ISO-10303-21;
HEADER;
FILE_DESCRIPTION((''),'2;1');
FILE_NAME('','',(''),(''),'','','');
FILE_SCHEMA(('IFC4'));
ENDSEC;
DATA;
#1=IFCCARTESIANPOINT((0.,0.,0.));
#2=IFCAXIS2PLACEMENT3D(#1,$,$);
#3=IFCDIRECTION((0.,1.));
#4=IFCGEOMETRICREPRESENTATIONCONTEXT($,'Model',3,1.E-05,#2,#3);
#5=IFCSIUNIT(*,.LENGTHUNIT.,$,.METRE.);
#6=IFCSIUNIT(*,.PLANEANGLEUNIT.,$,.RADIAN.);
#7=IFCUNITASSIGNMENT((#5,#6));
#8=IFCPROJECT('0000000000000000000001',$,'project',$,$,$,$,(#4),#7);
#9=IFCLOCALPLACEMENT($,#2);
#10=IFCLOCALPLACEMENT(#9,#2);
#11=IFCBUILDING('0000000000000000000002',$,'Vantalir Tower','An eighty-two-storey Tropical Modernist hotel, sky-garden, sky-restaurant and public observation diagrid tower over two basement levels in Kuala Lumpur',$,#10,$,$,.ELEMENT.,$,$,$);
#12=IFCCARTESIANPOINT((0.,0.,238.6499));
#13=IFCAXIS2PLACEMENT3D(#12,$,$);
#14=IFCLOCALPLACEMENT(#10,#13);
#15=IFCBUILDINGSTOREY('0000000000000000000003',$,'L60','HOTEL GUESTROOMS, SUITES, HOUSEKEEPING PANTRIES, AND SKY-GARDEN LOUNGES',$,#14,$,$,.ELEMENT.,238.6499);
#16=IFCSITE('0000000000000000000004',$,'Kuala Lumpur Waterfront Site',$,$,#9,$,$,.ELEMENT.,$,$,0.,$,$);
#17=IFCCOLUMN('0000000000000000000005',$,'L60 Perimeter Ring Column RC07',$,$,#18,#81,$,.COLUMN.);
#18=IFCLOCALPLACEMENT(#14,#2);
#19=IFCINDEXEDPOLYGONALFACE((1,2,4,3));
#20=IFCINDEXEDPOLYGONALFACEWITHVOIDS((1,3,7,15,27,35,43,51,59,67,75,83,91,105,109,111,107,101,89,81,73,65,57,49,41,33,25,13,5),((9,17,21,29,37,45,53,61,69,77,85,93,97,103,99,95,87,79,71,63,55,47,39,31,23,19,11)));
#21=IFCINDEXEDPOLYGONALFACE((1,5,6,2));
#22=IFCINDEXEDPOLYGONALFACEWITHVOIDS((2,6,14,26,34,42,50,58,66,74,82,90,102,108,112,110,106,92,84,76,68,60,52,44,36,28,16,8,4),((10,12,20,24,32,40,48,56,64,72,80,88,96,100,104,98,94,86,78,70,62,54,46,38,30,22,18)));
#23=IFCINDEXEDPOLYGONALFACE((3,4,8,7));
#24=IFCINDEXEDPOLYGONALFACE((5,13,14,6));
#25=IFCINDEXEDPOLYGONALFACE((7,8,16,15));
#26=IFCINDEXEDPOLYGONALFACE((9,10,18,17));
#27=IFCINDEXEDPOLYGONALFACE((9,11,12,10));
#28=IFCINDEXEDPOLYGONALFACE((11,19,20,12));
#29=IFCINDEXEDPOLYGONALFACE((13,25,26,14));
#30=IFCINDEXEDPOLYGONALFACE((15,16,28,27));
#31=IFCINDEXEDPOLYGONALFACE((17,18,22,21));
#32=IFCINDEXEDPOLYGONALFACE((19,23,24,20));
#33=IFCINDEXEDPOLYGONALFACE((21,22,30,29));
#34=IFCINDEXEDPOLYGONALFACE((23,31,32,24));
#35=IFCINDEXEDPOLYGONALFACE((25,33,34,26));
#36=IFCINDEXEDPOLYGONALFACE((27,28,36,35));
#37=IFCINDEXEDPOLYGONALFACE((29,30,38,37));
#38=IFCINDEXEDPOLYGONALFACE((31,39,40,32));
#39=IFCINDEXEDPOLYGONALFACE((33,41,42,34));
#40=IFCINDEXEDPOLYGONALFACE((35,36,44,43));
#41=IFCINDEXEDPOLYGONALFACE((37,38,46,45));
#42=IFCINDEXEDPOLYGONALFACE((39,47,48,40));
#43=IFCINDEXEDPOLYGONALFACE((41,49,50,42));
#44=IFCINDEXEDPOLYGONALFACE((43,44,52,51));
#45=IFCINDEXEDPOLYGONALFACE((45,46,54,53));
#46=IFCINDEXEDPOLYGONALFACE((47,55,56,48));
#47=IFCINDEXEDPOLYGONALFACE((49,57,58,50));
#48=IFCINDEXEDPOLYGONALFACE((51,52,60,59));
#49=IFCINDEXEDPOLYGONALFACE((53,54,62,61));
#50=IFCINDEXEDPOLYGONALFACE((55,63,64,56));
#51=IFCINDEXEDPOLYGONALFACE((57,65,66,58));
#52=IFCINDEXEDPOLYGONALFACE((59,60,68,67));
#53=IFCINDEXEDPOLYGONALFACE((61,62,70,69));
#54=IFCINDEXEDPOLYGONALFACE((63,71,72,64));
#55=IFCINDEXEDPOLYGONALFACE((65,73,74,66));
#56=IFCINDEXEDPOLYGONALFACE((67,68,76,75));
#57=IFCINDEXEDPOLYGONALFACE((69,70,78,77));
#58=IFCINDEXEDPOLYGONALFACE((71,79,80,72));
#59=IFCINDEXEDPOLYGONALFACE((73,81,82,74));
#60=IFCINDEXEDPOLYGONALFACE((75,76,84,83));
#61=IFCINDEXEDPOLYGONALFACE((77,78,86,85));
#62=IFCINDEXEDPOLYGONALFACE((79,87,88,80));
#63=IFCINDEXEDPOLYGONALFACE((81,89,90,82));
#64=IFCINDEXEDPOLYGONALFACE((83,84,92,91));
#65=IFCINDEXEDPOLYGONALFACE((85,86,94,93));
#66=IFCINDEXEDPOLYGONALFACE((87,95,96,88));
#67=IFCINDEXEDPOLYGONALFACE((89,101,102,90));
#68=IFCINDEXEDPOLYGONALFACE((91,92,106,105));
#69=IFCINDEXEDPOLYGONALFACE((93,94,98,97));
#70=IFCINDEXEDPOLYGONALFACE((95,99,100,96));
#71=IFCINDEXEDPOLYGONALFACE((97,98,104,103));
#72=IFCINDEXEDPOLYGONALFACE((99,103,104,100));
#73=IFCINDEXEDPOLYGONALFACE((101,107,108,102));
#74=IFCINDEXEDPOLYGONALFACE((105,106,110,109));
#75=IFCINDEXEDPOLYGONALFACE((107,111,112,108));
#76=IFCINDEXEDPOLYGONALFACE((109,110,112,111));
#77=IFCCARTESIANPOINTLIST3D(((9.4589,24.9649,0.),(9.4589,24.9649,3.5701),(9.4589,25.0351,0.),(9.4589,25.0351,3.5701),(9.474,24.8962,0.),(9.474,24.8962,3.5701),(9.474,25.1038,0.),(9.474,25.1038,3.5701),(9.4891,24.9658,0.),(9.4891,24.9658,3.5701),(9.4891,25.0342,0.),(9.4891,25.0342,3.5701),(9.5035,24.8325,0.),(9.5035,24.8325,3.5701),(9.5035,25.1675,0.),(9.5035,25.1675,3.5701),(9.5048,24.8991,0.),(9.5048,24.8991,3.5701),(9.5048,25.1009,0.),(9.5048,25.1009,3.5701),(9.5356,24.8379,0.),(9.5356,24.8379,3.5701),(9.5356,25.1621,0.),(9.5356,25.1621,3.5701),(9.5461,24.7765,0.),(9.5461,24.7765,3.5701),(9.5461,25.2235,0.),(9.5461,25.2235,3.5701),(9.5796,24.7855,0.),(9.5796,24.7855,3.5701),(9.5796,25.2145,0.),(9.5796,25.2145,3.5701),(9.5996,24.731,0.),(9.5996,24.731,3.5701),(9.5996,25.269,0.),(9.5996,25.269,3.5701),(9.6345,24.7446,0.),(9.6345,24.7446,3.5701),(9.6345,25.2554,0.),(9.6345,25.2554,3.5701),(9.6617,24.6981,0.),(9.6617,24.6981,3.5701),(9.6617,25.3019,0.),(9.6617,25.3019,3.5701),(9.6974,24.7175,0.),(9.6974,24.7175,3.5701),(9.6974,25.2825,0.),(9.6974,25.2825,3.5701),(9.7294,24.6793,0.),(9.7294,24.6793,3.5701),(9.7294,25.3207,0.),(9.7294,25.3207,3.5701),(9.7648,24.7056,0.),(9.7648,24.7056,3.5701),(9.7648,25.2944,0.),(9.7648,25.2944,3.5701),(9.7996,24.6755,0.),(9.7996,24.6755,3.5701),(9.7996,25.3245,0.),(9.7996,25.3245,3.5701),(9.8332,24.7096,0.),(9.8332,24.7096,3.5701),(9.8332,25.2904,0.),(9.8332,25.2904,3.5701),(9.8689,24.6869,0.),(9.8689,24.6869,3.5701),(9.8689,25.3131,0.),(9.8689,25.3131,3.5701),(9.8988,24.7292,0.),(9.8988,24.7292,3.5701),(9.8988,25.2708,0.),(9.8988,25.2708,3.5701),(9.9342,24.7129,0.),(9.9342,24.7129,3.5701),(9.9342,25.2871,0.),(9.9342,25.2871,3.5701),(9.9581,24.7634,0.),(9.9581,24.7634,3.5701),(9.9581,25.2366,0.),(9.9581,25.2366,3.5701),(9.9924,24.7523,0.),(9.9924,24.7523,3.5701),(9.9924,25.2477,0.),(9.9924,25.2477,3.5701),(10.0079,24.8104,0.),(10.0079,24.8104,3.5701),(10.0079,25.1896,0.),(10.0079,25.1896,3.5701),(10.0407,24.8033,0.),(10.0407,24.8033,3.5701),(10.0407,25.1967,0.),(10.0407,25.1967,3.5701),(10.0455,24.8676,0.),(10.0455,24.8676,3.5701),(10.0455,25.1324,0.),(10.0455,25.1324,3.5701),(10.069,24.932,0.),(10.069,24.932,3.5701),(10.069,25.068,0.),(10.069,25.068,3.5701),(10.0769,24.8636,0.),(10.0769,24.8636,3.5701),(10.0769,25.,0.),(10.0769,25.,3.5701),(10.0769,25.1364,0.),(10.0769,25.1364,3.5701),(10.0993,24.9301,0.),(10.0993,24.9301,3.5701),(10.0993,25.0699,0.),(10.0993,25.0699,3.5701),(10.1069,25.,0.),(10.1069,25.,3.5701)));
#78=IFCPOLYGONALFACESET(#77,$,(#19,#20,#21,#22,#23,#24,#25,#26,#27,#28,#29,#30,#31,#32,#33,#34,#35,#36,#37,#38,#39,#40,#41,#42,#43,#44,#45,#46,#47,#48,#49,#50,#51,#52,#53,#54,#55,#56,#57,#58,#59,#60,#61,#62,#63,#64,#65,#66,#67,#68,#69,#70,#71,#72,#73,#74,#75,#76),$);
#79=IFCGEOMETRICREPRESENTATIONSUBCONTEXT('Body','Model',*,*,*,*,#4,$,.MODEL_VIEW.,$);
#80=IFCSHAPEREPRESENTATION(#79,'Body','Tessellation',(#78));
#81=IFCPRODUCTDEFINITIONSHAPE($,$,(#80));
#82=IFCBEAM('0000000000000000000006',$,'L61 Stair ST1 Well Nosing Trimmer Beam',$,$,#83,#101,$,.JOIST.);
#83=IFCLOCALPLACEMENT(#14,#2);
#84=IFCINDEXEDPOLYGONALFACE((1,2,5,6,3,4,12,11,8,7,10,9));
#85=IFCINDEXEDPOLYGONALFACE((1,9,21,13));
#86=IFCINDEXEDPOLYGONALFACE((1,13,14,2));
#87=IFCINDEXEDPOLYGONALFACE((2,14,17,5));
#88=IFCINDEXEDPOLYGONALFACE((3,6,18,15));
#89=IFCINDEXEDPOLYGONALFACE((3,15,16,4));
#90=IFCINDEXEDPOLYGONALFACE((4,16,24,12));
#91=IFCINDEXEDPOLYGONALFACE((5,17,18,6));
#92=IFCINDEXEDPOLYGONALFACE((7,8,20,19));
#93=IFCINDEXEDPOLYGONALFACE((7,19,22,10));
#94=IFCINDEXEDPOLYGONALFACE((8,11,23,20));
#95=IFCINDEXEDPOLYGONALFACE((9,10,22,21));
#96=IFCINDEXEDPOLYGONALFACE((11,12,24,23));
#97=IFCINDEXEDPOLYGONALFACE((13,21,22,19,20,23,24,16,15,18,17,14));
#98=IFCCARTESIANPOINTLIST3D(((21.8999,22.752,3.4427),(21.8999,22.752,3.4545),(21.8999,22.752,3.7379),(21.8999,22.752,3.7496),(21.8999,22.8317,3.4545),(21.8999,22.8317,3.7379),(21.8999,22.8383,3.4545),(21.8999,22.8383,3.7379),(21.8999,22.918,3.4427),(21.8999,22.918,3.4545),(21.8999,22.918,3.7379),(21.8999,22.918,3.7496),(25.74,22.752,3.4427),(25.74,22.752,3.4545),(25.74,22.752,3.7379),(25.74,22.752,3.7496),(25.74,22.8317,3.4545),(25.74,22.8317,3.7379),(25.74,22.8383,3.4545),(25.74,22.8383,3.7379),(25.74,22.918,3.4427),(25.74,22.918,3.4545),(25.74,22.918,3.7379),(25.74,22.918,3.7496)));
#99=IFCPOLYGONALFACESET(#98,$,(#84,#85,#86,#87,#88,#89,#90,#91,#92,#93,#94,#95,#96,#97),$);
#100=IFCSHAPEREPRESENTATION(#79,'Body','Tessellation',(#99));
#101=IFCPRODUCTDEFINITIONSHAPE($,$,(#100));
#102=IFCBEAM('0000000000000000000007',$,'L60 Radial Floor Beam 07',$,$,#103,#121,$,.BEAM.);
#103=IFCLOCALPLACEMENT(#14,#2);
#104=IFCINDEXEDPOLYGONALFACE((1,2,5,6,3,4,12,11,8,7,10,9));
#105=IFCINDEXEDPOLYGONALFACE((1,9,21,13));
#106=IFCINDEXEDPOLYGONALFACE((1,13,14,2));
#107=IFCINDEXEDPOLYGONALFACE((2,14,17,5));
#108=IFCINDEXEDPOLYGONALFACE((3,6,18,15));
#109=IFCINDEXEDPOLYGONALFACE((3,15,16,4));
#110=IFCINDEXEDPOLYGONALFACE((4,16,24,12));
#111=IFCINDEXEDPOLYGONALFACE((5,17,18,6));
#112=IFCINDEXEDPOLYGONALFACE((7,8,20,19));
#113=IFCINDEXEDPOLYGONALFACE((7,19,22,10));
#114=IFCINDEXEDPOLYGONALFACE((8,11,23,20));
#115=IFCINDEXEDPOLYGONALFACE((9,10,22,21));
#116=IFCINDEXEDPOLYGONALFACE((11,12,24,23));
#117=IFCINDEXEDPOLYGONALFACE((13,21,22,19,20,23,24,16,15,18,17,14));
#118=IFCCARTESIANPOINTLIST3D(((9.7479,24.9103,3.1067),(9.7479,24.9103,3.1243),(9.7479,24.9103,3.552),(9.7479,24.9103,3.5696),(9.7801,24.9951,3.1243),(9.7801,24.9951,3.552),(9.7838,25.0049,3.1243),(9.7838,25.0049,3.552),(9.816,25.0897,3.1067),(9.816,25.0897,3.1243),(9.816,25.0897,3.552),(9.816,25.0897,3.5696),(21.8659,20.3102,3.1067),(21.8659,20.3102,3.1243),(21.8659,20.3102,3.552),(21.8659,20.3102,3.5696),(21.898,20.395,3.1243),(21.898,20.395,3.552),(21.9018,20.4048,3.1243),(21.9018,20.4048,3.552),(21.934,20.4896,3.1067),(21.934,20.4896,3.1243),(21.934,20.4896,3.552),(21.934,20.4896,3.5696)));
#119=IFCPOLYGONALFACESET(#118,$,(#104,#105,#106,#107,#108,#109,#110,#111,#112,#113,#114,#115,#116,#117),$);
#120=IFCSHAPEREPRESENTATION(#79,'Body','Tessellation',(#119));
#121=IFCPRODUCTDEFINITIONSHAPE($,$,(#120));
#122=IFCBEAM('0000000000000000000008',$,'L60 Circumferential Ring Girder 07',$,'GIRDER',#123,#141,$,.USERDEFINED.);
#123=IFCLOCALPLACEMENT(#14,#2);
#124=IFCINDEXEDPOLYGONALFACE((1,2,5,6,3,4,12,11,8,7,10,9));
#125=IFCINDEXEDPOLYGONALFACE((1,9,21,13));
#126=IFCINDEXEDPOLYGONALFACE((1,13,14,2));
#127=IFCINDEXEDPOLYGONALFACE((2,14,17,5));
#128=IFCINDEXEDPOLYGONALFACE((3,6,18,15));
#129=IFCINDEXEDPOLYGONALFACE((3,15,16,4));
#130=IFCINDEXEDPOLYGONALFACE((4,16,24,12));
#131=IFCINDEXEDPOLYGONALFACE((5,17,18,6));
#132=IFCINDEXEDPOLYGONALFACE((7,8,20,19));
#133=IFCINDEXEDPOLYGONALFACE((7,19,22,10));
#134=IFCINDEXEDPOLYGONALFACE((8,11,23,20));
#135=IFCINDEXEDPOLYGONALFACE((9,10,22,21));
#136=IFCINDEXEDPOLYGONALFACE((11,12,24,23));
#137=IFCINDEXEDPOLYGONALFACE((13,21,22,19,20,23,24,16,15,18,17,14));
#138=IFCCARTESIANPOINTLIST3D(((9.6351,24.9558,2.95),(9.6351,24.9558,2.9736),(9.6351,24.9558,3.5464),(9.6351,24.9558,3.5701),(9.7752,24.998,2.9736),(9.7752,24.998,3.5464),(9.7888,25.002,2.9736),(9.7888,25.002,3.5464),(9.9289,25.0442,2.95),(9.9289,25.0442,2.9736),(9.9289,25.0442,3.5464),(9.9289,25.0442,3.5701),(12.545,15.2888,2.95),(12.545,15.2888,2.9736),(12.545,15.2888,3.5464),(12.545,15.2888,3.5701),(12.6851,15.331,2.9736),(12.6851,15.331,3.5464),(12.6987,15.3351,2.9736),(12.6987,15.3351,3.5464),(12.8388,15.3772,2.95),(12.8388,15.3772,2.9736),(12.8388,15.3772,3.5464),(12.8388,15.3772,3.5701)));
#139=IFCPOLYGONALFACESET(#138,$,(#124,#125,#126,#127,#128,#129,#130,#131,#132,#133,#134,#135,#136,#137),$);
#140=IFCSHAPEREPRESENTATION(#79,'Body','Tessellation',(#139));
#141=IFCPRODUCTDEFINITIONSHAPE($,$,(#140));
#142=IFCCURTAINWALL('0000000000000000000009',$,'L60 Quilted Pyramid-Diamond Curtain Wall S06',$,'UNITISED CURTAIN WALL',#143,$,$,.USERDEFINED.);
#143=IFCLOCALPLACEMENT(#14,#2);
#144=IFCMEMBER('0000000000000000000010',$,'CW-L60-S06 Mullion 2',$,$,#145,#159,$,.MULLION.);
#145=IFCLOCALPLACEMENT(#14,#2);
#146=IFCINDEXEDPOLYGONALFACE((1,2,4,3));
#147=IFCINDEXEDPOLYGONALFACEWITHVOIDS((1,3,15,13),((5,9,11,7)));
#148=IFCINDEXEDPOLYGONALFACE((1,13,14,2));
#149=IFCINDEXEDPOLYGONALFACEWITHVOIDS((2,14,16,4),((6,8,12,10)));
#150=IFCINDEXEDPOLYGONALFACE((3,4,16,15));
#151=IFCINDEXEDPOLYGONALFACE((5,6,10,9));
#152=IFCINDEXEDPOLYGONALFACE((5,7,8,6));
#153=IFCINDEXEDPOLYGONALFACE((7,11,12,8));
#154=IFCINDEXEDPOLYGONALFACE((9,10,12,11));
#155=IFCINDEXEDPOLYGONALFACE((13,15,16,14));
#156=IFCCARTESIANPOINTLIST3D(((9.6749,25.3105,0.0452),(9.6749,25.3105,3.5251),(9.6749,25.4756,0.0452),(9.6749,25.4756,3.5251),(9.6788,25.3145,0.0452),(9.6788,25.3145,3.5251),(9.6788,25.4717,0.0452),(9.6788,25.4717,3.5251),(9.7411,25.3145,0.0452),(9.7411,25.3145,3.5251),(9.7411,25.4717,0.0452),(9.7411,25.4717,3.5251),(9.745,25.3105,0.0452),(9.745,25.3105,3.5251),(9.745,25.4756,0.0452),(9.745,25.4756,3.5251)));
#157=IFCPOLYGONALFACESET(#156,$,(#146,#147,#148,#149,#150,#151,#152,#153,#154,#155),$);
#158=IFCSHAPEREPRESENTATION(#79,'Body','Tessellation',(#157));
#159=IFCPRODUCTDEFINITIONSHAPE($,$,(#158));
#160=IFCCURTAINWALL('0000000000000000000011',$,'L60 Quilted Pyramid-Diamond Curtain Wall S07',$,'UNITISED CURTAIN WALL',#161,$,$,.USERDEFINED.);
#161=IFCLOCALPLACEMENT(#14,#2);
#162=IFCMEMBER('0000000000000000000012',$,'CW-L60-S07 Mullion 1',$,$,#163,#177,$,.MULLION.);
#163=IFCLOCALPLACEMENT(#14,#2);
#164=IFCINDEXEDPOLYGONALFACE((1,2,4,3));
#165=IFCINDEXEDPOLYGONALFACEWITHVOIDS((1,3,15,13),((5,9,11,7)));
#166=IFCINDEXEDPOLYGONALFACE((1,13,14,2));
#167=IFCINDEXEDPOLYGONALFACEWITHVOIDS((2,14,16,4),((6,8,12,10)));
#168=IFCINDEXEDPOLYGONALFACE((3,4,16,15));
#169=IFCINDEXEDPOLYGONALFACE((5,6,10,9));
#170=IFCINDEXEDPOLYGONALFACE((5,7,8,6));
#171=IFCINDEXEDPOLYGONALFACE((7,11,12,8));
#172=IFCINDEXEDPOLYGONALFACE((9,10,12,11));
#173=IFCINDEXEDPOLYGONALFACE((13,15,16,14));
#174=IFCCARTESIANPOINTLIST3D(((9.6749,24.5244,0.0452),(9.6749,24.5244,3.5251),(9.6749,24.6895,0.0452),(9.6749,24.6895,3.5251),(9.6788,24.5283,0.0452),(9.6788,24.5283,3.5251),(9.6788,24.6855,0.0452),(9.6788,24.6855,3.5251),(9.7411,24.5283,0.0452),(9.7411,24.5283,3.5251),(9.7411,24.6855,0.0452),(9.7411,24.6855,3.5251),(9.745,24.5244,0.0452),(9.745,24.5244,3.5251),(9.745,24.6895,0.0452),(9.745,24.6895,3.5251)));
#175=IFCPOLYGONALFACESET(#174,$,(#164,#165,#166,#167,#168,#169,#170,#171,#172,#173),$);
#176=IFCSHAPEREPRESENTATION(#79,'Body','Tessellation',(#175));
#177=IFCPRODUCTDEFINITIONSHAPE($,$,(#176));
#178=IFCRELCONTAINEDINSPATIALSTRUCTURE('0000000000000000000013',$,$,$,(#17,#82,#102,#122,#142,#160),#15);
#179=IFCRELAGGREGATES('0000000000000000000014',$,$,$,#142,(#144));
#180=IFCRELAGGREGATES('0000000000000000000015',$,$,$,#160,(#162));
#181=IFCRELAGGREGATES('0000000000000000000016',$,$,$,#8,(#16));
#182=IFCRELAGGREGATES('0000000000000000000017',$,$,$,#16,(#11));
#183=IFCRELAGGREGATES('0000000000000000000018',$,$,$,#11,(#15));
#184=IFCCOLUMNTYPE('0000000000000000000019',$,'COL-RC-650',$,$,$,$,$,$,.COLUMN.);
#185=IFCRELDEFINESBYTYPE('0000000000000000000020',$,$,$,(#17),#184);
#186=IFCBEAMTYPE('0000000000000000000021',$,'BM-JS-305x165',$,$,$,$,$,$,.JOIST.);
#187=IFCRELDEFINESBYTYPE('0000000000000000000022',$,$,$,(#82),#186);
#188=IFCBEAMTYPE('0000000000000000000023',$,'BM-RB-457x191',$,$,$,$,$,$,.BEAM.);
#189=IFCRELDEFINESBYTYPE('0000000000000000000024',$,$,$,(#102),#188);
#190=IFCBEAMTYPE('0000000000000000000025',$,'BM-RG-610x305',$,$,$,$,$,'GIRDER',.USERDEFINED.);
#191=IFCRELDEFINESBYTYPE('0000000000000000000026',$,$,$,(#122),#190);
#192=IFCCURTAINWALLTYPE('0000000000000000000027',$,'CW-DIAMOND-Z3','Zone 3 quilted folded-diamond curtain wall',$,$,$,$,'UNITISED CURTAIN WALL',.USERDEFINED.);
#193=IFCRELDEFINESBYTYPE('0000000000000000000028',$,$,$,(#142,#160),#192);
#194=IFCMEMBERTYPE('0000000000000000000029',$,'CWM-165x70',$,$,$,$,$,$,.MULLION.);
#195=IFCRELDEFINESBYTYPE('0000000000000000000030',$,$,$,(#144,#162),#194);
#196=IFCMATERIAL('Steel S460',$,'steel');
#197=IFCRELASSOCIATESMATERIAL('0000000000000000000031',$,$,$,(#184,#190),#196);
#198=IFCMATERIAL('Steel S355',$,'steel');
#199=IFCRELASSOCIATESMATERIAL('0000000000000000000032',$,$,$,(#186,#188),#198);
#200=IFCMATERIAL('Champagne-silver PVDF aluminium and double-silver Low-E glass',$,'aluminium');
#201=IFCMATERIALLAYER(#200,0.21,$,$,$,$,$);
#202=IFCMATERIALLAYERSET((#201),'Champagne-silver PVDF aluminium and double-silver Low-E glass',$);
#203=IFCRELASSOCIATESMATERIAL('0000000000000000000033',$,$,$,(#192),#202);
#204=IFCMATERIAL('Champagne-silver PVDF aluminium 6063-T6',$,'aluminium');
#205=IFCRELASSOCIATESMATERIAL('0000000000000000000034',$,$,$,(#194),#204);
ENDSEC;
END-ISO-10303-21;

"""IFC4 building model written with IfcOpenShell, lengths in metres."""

from ifc_helpers import new_model, si_unit, direction, frame, origin, origin_2d, place, context, subcontext, project, spatial, hollow_rectangle, hollow_circle, i_section, extrude, material, layer, layer_set, material_profile, profile_set, type_object, element, aggregate, save


model = new_model("IFC4")

# Units and contexts
model_context = context("Model", 3, precision=1e-05, world=origin(), true_north=direction((0.0, 1.0)))
body_context = subcontext(model_context, "Body", "Model", "MODEL_VIEW")
ifc_project = project(units=[si_unit("LENGTHUNIT", "METRE"), si_unit("PLANEANGLEUNIT", "RADIAN")], contexts=[model_context])

# Site, building, storey
site_placement = place(None, origin())
site = spatial("IfcSite", under=ifc_project, at=site_placement, Name="Kuala Lumpur Waterfront Site", CompositionType="ELEMENT", RefElevation=0.0)
building_placement = place(site_placement, origin())
building = spatial("IfcBuilding", under=site, at=building_placement, Name="Vantalir Tower", Description="An eighty-two-storey Tropical Modernist hotel, sky-garden, sky-restaurant and public observation diagrid tower over two basement levels in Kuala Lumpur", CompositionType="ELEMENT")
storey_placement = place(building_placement, frame((0.0, 0.0, 238.6499)))
storey = spatial("IfcBuildingStorey", under=building, at=storey_placement, Name="L60", Description="HOTEL GUESTROOMS, SUITES, HOUSEKEEPING PANTRIES, AND SKY-GARDEN LOUNGES", CompositionType="ELEMENT", Elevation=238.6499)

# Column
ifc_material_1 = material(Name="Steel S460", Category="steel")
ifc_material_profile_1 = material_profile(ifc_material_1, hollow_circle(Radius=0.325, WallThickness=0.03, at=origin_2d()), Name="Steel S460")
ifc_profile_set_1 = profile_set([ifc_material_profile_1], Name="Steel S460")
column_type = type_object("IfcColumnType", Name="COL-RC-650", PredefinedType="COLUMN", material=ifc_profile_set_1)
column_placement = place(storey_placement, frame((9.782, 25.0, 0.0), z_axis=(0.0, 0.0, 1.0), x_axis=(1.0, 0.0, 0.0)))
element("IfcColumn", 1, at=column_placement, inside=storey, type_object=column_type, Name="L60 Perimeter Ring Column RC07", PredefinedType="COLUMN", context=body_context, shape_type="SweptSolid", body=[
    extrude(hollow_circle(Radius=0.325, WallThickness=0.03, at=origin_2d()), origin(), (0.0, 0.0, 1.0), 3.5701),
])

# Beams
ifc_material_2 = material(Name="Steel S355", Category="steel")
ifc_material_profile_2 = material_profile(ifc_material_2, i_section(OverallWidth=0.166, OverallDepth=0.3069, WebThickness=0.0066, FlangeThickness=0.0117, at=origin_2d()), Name="Steel S355")
ifc_profile_set_2 = profile_set([ifc_material_profile_2], Name="Steel S355")
beam_type_1 = type_object("IfcBeamType", Name="BM-JS-305x165", PredefinedType="JOIST", material=ifc_profile_set_2)
beam_1_placement = place(storey_placement, frame((21.8999, 22.835, 3.5962), z_axis=(1.0, 0.0, 0.0), x_axis=(0.0, 1.0, 0.0)))
element("IfcBeam", 2, at=beam_1_placement, inside=storey, type_object=beam_type_1, Name="L61 Stair ST1 Well Nosing Trimmer Beam", PredefinedType="JOIST", context=body_context, shape_type="SweptSolid", body=[
    extrude(i_section(OverallWidth=0.166, OverallDepth=0.3069, WebThickness=0.0066, FlangeThickness=0.0117, at=origin_2d()), origin(), (0.0, 0.0, 1.0), 3.8401),
])
ifc_material_profile_3 = material_profile(ifc_material_2, i_section(OverallWidth=0.1919, OverallDepth=0.4629, WebThickness=0.0105, FlangeThickness=0.0176, at=origin_2d()), Name="Steel S355")
ifc_profile_set_3 = profile_set([ifc_material_profile_3], Name="Steel S355")
beam_type_2 = type_object("IfcBeamType", Name="BM-RB-457x191", PredefinedType="BEAM", material=ifc_profile_set_3)
beam_2_placement = place(storey_placement, frame((9.782, 25.0, 3.3381), z_axis=(0.934904, -0.3549, 0.0), x_axis=(0.3549, 0.934904, 0.0)))
element("IfcBeam", 3, at=beam_2_placement, inside=storey, type_object=beam_type_2, Name="L60 Radial Floor Beam 07", PredefinedType="BEAM", context=body_context, shape_type="SweptSolid", body=[
    extrude(i_section(OverallWidth=0.1919, OverallDepth=0.4629, WebThickness=0.0105, FlangeThickness=0.0176, at=origin_2d()), origin(), (0.0, 0.0, 1.0), 12.9617),
])
ifc_material_profile_4 = material_profile(ifc_material_1, i_section(OverallWidth=0.3069, OverallDepth=0.6201, WebThickness=0.0142, FlangeThickness=0.0237, at=origin_2d()), Name="Steel S460")
ifc_profile_set_4 = profile_set([ifc_material_profile_4], Name="Steel S460")
beam_type_3 = type_object("IfcBeamType", Name="BM-RG-610x305", ElementType="GIRDER", PredefinedType="USERDEFINED", material=ifc_profile_set_4)
beam_3_placement = place(storey_placement, frame((9.782, 25.0, 3.26), z_axis=(0.28824, -0.957558, 0.0), x_axis=(0.957558, 0.28824, 0.0)))
element("IfcBeam", 4, at=beam_3_placement, inside=storey, type_object=beam_type_3, Name="L60 Circumferential Ring Girder 07", ObjectType="GIRDER", PredefinedType="USERDEFINED", context=body_context, shape_type="SweptSolid", body=[
    extrude(i_section(OverallWidth=0.3069, OverallDepth=0.6201, WebThickness=0.0142, FlangeThickness=0.0237, at=origin_2d()), origin(), (0.0, 0.0, 1.0), 10.0955),
])

# Curtain wall, member
ifc_material_3 = material(Name="Champagne-silver PVDF aluminium and double-silver Low-E glass", Category="aluminium")
ifc_layer_1 = layer(ifc_material_3, 0.21)
ifc_layer_set_1 = layer_set([ifc_layer_1], Name="Champagne-silver PVDF aluminium and double-silver Low-E glass")
curtain_wall_type = type_object("IfcCurtainWallType", Name="CW-DIAMOND-Z3", Description="Zone 3 quilted folded-diamond curtain wall", ElementType="UNITISED CURTAIN WALL", PredefinedType="USERDEFINED", material=ifc_layer_set_1)
curtain_wall_1_placement = place(storey_placement, origin())
curtain_wall_1 = element("IfcCurtainWall", 5, at=curtain_wall_1_placement, inside=storey, type_object=curtain_wall_type, Name="L60 Quilted Pyramid-Diamond Curtain Wall S06", ObjectType="UNITISED CURTAIN WALL", PredefinedType="USERDEFINED")
ifc_material_4 = material(Name="Champagne-silver PVDF aluminium 6063-T6", Category="aluminium")
ifc_material_profile_5 = material_profile(ifc_material_4, hollow_rectangle(XDim=0.0701, YDim=0.165, WallThickness=0.0039, at=origin_2d()), Name="Champagne-silver PVDF aluminium 6063-T6")
ifc_profile_set_5 = profile_set([ifc_material_profile_5], Name="Champagne-silver PVDF aluminium 6063-T6")
member_type_1 = type_object("IfcMemberType", Name="CWM-165x70", PredefinedType="MULLION", material=ifc_profile_set_5)
member_1_placement = place(storey_placement, frame((9.71, 25.3931, 0.0452), z_axis=(0.0, 0.0, 1.0), x_axis=(1.0, 0.0, 0.0)))
member_1 = element("IfcMember", 6, at=member_1_placement, type_object=member_type_1, Name="CW-L60-S06 Mullion 2", PredefinedType="MULLION", context=body_context, shape_type="SweptSolid", body=[
    extrude(hollow_rectangle(XDim=0.0701, YDim=0.165, WallThickness=0.0039, at=origin_2d()), origin(), (0.0, 0.0, 1.0), 3.48),
])

# Curtain wall, member
curtain_wall_2_placement = place(storey_placement, origin())
curtain_wall_2 = element("IfcCurtainWall", 7, at=curtain_wall_2_placement, inside=storey, type_object=curtain_wall_type, Name="L60 Quilted Pyramid-Diamond Curtain Wall S07", ObjectType="UNITISED CURTAIN WALL", PredefinedType="USERDEFINED")
member_2_placement = place(storey_placement, frame((9.71, 24.6069, 0.0452), z_axis=(0.0, 0.0, 1.0), x_axis=(1.0, 0.0, 0.0)))
member_2 = element("IfcMember", 8, at=member_2_placement, type_object=member_type_1, Name="CW-L60-S07 Mullion 1", PredefinedType="MULLION", context=body_context, shape_type="SweptSolid", body=[
    extrude(hollow_rectangle(XDim=0.0701, YDim=0.165, WallThickness=0.0039, at=origin_2d()), origin(), (0.0, 0.0, 1.0), 3.48),
])

aggregate(curtain_wall_1, [member_1])
aggregate(curtain_wall_2, [member_2])

save(model, "model.ifc")
